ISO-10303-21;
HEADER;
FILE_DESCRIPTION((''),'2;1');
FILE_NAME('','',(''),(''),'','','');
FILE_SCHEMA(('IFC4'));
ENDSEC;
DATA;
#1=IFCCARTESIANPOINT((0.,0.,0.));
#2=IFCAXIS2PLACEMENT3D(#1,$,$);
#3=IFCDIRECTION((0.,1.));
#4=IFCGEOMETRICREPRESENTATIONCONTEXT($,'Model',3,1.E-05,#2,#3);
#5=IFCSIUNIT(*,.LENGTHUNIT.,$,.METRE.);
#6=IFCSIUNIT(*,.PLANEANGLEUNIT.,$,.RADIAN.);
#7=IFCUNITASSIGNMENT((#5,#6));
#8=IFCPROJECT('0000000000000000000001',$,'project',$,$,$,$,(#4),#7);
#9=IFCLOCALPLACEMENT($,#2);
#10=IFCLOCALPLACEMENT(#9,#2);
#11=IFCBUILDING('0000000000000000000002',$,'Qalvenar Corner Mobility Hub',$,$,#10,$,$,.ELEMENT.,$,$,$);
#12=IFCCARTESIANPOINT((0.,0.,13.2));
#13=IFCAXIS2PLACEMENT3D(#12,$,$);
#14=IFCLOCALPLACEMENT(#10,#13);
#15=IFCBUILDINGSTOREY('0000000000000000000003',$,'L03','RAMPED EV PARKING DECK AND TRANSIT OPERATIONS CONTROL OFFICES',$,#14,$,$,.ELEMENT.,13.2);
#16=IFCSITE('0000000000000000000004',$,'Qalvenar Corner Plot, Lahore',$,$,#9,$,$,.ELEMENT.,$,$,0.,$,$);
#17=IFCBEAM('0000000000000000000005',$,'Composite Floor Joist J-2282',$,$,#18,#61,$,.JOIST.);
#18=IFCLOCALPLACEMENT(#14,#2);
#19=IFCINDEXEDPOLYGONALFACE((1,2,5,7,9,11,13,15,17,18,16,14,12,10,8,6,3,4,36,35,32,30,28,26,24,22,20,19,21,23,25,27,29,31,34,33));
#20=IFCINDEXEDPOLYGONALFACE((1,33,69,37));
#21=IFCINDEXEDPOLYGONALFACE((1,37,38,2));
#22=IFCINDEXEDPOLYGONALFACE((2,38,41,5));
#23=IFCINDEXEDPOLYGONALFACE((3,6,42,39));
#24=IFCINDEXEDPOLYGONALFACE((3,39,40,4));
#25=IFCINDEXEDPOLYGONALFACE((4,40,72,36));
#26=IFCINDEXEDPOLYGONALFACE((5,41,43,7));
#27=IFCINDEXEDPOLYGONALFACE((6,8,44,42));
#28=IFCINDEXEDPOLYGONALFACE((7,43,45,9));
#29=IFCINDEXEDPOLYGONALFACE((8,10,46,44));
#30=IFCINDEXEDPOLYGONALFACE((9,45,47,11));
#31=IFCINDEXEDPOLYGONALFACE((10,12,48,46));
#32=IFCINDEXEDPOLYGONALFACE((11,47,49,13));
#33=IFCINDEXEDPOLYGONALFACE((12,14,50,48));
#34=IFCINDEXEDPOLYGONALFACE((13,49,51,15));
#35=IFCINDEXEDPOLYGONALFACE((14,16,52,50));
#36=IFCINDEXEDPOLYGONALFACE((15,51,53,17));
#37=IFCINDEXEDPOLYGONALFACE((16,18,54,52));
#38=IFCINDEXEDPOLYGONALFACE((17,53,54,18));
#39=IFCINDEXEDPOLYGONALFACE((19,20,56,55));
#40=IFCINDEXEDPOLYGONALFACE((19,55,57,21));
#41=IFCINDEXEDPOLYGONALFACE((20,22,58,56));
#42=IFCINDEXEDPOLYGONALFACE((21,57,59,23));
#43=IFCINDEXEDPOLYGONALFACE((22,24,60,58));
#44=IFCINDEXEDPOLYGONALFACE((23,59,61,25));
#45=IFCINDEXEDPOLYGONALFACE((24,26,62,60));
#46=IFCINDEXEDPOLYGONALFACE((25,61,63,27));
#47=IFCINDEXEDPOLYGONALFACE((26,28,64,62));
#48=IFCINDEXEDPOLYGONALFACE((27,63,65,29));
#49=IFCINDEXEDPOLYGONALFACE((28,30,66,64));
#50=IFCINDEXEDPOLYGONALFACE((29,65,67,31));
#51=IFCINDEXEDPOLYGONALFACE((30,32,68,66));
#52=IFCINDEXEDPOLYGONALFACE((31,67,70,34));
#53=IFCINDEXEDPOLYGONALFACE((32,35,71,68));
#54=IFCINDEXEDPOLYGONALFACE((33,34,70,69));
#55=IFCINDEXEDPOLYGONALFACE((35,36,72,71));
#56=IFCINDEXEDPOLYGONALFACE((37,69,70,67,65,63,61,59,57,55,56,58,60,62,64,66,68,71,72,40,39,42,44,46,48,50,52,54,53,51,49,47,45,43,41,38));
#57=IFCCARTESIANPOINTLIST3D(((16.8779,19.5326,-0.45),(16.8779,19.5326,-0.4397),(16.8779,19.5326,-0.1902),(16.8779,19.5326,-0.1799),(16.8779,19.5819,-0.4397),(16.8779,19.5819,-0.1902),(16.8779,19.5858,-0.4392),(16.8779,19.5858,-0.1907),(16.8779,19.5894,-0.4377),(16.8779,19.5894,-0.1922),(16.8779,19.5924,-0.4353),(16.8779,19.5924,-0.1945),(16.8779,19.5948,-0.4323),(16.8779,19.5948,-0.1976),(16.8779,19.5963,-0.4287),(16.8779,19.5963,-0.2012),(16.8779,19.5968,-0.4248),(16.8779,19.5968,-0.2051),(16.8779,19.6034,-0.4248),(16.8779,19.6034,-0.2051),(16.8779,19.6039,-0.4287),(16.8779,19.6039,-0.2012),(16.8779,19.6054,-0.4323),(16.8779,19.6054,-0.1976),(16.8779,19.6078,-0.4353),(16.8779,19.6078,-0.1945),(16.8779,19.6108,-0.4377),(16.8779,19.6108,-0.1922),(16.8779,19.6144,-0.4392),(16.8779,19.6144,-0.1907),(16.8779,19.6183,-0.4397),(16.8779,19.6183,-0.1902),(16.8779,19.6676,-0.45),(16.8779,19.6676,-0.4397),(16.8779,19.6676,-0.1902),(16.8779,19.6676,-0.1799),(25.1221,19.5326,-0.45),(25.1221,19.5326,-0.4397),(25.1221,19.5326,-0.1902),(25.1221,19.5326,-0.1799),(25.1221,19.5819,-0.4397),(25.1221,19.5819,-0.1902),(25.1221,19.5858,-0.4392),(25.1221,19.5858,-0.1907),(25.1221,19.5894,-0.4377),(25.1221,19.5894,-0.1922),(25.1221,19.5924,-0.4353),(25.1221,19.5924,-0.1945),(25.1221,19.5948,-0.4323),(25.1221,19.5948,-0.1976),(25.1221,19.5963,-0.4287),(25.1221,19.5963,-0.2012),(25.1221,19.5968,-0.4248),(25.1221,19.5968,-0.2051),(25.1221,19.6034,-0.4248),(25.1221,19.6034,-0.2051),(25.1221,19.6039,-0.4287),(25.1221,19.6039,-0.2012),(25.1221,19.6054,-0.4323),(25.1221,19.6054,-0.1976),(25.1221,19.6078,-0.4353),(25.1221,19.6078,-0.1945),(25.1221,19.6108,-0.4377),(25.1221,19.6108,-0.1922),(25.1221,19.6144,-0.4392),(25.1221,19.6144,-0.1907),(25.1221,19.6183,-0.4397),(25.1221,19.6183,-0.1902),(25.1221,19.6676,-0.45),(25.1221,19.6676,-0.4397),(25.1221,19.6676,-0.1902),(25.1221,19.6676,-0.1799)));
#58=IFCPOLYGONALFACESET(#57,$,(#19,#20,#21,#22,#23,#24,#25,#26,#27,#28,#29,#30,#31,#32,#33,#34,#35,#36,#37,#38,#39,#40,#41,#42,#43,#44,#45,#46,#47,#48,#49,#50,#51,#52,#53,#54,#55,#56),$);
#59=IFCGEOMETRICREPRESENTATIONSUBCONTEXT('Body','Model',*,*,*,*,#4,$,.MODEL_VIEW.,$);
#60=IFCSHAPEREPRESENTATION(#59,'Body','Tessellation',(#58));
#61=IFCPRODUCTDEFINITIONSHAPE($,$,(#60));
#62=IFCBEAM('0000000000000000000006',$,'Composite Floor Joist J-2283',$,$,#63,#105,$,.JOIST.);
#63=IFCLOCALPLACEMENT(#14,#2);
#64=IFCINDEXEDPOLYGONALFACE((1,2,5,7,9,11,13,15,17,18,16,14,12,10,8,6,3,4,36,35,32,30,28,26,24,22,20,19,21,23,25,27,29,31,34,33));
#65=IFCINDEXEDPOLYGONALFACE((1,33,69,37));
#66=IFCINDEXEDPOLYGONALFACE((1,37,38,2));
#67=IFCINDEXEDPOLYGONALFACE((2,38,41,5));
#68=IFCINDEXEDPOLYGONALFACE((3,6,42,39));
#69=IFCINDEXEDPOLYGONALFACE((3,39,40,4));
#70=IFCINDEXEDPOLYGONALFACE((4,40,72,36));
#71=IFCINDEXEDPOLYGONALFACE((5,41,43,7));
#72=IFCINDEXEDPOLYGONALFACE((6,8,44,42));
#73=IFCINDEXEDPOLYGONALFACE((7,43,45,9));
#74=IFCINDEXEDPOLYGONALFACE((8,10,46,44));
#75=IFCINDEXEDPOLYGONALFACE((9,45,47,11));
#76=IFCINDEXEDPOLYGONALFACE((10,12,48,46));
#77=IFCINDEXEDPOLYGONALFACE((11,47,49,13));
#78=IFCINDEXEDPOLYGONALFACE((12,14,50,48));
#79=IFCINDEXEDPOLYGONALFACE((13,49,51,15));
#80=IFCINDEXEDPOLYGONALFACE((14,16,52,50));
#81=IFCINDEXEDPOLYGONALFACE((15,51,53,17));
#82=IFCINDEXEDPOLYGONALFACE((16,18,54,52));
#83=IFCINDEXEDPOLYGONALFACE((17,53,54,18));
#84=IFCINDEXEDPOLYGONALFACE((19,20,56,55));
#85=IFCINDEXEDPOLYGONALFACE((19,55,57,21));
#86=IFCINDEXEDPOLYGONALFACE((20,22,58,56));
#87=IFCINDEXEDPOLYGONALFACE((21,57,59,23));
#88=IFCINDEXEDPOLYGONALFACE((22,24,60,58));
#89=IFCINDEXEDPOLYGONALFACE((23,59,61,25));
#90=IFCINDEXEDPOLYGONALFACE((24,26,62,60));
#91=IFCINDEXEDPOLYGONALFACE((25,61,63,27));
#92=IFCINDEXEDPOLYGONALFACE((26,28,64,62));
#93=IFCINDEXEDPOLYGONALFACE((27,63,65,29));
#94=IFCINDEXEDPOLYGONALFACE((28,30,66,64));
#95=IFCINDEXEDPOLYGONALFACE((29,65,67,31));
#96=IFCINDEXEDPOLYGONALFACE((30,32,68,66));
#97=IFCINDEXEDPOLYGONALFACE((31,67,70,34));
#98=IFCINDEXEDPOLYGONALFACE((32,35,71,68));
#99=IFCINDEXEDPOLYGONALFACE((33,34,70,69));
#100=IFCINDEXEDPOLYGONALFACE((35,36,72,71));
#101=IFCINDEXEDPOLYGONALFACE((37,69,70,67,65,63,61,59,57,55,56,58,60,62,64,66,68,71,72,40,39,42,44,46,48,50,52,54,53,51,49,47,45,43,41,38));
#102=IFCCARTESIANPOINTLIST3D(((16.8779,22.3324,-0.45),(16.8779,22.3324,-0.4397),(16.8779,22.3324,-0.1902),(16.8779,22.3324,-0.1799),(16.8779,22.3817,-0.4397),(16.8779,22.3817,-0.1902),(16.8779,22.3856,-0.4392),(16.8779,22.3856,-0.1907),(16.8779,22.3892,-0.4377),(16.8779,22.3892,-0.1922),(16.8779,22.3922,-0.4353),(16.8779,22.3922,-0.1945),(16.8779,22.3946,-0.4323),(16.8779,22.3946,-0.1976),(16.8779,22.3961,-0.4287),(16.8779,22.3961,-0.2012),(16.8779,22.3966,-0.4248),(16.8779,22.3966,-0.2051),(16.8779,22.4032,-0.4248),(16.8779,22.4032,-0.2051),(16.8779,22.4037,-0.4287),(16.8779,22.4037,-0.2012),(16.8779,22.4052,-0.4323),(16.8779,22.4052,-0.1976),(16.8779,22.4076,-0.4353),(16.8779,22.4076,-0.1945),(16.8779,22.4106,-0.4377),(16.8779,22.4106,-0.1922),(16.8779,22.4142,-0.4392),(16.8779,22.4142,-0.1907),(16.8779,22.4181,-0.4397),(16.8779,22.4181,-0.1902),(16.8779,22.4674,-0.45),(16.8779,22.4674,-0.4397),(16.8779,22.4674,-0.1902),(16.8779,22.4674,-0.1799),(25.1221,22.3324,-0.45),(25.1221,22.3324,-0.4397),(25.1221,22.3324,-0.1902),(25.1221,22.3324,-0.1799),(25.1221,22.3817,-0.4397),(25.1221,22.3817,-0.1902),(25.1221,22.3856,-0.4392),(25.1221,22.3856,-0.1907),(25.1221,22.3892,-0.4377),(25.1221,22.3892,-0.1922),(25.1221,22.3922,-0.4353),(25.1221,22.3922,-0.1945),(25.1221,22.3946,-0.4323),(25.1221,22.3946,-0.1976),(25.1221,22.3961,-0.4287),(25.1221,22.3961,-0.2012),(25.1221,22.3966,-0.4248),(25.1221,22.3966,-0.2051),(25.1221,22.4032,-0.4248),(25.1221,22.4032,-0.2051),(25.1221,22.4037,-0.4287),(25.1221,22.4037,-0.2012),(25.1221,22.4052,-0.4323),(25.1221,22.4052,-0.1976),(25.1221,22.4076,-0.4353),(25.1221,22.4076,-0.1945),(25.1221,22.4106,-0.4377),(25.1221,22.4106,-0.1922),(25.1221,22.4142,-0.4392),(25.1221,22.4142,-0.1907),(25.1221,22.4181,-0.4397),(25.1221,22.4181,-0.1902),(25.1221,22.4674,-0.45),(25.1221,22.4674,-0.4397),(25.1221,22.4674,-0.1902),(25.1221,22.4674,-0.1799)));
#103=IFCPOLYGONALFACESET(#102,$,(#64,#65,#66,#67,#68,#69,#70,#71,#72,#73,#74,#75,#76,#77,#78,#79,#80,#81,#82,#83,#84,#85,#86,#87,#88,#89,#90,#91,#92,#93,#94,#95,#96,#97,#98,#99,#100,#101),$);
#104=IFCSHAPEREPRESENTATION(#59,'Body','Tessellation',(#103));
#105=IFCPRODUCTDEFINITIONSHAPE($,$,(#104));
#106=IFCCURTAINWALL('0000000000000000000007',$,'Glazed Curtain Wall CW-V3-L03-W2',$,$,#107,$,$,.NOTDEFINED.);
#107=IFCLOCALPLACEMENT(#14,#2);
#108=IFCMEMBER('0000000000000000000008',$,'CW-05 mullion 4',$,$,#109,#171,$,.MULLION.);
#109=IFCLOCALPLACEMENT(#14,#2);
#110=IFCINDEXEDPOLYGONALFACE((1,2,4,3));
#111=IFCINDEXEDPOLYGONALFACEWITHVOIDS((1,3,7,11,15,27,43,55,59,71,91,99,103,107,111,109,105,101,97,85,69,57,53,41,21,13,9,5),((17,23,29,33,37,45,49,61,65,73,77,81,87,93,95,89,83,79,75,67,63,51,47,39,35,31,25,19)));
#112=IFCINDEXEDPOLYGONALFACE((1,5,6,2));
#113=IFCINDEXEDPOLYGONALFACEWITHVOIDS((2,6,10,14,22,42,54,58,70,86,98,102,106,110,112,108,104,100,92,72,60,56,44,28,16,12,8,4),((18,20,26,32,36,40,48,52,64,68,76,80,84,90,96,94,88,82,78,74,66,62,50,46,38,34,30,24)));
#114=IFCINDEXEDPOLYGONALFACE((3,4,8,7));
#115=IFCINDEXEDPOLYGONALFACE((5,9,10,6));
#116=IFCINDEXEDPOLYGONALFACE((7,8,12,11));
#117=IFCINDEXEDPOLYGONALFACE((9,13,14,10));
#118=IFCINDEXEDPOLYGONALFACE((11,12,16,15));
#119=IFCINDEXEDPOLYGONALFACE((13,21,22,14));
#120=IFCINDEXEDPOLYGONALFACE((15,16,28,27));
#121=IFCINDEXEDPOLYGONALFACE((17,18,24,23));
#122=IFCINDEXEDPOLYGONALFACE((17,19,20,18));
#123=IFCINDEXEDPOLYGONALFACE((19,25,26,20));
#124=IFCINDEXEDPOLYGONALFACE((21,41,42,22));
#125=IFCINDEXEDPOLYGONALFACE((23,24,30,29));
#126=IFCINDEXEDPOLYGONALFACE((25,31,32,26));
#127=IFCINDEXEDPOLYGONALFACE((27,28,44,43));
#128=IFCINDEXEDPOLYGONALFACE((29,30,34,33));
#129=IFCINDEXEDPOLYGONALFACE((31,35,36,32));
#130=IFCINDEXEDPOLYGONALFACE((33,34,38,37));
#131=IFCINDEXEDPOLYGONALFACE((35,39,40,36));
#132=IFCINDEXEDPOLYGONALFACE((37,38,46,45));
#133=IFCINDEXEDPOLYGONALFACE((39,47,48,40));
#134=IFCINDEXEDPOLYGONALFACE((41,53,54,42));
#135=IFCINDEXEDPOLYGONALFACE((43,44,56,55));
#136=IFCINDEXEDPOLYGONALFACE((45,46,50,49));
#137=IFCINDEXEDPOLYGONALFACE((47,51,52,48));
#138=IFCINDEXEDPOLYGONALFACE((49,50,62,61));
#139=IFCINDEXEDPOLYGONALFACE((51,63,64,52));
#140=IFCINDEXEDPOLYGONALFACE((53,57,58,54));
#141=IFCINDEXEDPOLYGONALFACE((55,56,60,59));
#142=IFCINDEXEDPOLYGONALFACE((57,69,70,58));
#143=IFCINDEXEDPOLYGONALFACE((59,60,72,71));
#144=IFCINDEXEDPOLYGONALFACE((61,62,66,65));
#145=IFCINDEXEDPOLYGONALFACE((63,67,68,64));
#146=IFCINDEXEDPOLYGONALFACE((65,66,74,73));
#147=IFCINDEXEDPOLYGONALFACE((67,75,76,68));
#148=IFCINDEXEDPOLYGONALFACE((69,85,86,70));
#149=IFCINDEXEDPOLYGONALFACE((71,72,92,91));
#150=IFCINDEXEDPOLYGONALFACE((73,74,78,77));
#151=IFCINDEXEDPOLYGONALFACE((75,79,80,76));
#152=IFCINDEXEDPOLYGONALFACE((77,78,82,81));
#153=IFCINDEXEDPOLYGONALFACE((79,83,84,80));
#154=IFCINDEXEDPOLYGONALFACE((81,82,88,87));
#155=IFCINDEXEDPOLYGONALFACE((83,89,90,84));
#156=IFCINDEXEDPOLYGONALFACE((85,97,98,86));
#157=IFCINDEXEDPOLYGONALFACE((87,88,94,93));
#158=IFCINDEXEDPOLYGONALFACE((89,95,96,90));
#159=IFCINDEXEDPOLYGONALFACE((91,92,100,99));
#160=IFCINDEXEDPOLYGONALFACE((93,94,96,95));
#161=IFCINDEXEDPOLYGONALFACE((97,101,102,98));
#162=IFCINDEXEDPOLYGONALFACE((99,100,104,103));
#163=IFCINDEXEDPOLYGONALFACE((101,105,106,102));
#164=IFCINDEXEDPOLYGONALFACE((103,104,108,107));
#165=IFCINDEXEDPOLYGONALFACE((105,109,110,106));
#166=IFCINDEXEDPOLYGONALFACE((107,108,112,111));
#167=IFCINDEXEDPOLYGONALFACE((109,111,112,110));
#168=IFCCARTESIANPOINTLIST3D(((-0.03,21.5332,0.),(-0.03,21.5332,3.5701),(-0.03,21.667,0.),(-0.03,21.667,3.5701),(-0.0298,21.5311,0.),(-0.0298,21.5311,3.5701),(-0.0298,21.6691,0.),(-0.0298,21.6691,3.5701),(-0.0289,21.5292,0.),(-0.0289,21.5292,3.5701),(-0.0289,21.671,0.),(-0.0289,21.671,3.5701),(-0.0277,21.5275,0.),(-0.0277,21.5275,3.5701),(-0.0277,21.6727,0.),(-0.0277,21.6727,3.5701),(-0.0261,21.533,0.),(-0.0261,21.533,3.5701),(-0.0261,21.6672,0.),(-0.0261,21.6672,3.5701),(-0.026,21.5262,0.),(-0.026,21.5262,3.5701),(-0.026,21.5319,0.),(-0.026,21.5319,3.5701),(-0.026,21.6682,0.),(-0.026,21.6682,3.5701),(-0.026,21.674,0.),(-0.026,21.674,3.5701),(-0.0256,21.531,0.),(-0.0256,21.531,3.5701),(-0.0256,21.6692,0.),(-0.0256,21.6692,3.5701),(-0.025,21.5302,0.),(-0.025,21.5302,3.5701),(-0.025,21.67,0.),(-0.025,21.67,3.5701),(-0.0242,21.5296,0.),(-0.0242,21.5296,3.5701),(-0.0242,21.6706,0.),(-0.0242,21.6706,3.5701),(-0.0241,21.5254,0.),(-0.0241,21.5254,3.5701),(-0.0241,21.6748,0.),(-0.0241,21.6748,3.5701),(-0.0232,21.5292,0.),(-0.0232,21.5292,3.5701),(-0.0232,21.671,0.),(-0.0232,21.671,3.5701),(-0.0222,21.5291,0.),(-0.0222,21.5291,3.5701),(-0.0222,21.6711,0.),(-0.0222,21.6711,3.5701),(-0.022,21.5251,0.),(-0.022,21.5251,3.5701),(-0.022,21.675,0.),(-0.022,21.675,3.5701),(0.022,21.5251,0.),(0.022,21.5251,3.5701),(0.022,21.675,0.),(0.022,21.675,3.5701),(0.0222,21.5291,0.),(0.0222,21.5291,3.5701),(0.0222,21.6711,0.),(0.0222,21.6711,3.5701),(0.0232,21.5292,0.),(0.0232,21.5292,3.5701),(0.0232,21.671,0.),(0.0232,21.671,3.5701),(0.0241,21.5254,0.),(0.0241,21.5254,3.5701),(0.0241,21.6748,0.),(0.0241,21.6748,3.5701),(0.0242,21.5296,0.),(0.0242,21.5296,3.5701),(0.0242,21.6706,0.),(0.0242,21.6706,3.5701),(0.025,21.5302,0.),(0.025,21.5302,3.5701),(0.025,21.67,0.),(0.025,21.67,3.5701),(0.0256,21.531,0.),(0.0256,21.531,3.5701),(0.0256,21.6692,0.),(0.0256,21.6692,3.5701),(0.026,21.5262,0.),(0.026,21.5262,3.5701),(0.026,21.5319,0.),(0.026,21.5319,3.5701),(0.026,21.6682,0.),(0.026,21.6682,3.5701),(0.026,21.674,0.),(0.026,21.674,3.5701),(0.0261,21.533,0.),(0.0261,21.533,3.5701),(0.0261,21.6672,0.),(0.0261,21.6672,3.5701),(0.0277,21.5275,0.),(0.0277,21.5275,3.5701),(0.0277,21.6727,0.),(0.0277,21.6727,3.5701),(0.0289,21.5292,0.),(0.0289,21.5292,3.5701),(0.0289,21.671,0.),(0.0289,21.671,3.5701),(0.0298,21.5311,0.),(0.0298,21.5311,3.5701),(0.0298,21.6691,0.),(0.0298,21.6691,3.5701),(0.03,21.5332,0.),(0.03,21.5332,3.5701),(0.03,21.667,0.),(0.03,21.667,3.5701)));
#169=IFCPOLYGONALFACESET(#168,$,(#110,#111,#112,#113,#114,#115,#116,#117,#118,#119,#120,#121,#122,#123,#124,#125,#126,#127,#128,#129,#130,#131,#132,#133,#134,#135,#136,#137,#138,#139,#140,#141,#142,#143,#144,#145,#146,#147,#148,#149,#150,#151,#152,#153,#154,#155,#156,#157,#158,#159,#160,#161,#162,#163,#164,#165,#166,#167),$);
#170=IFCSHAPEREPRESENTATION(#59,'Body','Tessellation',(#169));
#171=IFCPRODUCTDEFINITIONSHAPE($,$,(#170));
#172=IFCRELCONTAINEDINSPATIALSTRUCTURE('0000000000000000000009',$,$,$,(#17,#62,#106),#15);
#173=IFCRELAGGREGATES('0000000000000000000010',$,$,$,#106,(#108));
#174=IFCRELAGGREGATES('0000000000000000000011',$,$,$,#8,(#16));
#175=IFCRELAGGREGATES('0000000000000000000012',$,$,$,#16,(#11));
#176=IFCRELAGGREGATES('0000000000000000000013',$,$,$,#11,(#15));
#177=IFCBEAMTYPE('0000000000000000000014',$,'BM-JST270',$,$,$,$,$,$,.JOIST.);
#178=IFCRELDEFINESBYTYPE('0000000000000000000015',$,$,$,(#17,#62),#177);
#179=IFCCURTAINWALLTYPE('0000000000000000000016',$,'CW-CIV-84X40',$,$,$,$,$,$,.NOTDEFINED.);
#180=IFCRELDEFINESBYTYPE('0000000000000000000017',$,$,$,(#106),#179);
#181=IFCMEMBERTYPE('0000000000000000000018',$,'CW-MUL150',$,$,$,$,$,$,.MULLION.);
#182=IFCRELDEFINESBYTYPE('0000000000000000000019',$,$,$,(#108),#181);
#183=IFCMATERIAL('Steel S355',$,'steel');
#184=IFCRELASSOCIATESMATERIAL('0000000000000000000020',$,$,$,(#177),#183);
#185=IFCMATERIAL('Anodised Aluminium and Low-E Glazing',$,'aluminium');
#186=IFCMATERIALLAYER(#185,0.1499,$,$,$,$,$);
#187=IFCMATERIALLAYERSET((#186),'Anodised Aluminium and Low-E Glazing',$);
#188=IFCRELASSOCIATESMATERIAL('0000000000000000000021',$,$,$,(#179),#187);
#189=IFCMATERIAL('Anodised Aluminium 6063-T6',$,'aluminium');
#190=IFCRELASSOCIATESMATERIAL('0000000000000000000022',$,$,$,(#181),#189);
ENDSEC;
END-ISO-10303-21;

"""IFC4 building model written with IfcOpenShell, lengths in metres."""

from ifc_helpers import new_model, si_unit, direction, frame, origin, origin_2d, place, context, subcontext, project, spatial, hollow_rectangle, i_section, extrude, material, layer, layer_set, material_profile, profile_set, type_object, element, aggregate, save


model = new_model("IFC4")

# Units and contexts
model_context = context("Model", 3, precision=1e-05, world=origin(), true_north=direction((0.0, 1.0)))
body_context = subcontext(model_context, "Body", "Model", "MODEL_VIEW")
ifc_project = project(units=[si_unit("LENGTHUNIT", "METRE"), si_unit("PLANEANGLEUNIT", "RADIAN")], contexts=[model_context])

# Site, building, storey
site_placement = place(None, origin())
site = spatial("IfcSite", under=ifc_project, at=site_placement, Name="Qalvenar Corner Plot, Lahore", CompositionType="ELEMENT", RefElevation=0.0)
building_placement = place(site_placement, origin())
building = spatial("IfcBuilding", under=site, at=building_placement, Name="Qalvenar Corner Mobility Hub", CompositionType="ELEMENT")
storey_placement = place(building_placement, frame((0.0, 0.0, 13.2)))
storey = spatial("IfcBuildingStorey", under=building, at=storey_placement, Name="L03", Description="RAMPED EV PARKING DECK AND TRANSIT OPERATIONS CONTROL OFFICES", CompositionType="ELEMENT", Elevation=13.2)

# Beams
ifc_material_1 = material(Name="Steel S355", Category="steel")
ifc_material_profile_1 = material_profile(ifc_material_1, i_section(OverallWidth=0.135, OverallDepth=0.27, WebThickness=0.0066, FlangeThickness=0.0103, FilletRadius=0.0149, at=origin_2d()), Name="IPE270")
ifc_profile_set_1 = profile_set([ifc_material_profile_1], Name="Steel S355")
beam_type_1 = type_object("IfcBeamType", Name="BM-JST270", PredefinedType="JOIST", material=ifc_profile_set_1)
for number, where, z_axis, x_axis, name in (
    (1, (16.8779, 19.6001, -0.3149), (1.0, 0.0, 0.0), (0.0, 1.0, 0.0), "Composite Floor Joist J-2282"),
    (2, (16.8779, 22.3999, -0.3149), (1.0, 0.0, 0.0), (0.0, 1.0, 0.0), "Composite Floor Joist J-2283"),
):
    element("IfcBeam", number, at=place(storey_placement, frame(where, z_axis=z_axis, x_axis=x_axis)), inside=storey, type_object=beam_type_1, Name=name, PredefinedType="JOIST", context=body_context, shape_type="SweptSolid", body=[
        extrude(i_section(OverallWidth=0.135, OverallDepth=0.27, WebThickness=0.0066, FlangeThickness=0.0103, FilletRadius=0.0149, at=origin_2d()), origin(), (0.0, 0.0, 1.0), 8.2441),
    ])

# Curtain wall, member
ifc_material_2 = material(Name="Anodised Aluminium and Low-E Glazing", Category="aluminium")
ifc_layer_1 = layer(ifc_material_2, 0.1499)
ifc_layer_set_1 = layer_set([ifc_layer_1], Name="Anodised Aluminium and Low-E Glazing")
curtain_wall_type = type_object("IfcCurtainWallType", Name="CW-CIV-84X40", PredefinedType="NOTDEFINED", material=ifc_layer_set_1)
curtain_wall_placement = place(storey_placement, origin())
curtain_wall = element("IfcCurtainWall", 3, at=curtain_wall_placement, inside=storey, type_object=curtain_wall_type, Name="Glazed Curtain Wall CW-V3-L03-W2", PredefinedType="NOTDEFINED")
ifc_material_3 = material(Name="Anodised Aluminium 6063-T6", Category="aluminium")
ifc_material_profile_2 = material_profile(ifc_material_3, hollow_rectangle(XDim=0.0601, YDim=0.1499, WallThickness=0.0039, InnerFilletRadius=0.0039, OuterFilletRadius=0.0081, at=origin_2d()), Name="RHS150x60x4")
ifc_profile_set_2 = profile_set([ifc_material_profile_2], Name="Anodised Aluminium 6063-T6")
member_type_1 = type_object("IfcMemberType", Name="CW-MUL150", PredefinedType="MULLION", material=ifc_profile_set_2)
member_1_placement = place(storey_placement, frame((0.0, 21.6001, 0.0), z_axis=(0.0, 0.0, 1.0), x_axis=(1.0, 0.0, 0.0)))
member_1 = element("IfcMember", 4, at=member_1_placement, type_object=member_type_1, Name="CW-05 mullion 4", PredefinedType="MULLION", context=body_context, shape_type="SweptSolid", body=[
    extrude(hollow_rectangle(XDim=0.0601, YDim=0.1499, WallThickness=0.0039, InnerFilletRadius=0.0039, OuterFilletRadius=0.0081, at=origin_2d()), origin(), (0.0, 0.0, 1.0), 3.5701),
])
aggregate(curtain_wall, [member_1])

save(model, "model.ifc")
